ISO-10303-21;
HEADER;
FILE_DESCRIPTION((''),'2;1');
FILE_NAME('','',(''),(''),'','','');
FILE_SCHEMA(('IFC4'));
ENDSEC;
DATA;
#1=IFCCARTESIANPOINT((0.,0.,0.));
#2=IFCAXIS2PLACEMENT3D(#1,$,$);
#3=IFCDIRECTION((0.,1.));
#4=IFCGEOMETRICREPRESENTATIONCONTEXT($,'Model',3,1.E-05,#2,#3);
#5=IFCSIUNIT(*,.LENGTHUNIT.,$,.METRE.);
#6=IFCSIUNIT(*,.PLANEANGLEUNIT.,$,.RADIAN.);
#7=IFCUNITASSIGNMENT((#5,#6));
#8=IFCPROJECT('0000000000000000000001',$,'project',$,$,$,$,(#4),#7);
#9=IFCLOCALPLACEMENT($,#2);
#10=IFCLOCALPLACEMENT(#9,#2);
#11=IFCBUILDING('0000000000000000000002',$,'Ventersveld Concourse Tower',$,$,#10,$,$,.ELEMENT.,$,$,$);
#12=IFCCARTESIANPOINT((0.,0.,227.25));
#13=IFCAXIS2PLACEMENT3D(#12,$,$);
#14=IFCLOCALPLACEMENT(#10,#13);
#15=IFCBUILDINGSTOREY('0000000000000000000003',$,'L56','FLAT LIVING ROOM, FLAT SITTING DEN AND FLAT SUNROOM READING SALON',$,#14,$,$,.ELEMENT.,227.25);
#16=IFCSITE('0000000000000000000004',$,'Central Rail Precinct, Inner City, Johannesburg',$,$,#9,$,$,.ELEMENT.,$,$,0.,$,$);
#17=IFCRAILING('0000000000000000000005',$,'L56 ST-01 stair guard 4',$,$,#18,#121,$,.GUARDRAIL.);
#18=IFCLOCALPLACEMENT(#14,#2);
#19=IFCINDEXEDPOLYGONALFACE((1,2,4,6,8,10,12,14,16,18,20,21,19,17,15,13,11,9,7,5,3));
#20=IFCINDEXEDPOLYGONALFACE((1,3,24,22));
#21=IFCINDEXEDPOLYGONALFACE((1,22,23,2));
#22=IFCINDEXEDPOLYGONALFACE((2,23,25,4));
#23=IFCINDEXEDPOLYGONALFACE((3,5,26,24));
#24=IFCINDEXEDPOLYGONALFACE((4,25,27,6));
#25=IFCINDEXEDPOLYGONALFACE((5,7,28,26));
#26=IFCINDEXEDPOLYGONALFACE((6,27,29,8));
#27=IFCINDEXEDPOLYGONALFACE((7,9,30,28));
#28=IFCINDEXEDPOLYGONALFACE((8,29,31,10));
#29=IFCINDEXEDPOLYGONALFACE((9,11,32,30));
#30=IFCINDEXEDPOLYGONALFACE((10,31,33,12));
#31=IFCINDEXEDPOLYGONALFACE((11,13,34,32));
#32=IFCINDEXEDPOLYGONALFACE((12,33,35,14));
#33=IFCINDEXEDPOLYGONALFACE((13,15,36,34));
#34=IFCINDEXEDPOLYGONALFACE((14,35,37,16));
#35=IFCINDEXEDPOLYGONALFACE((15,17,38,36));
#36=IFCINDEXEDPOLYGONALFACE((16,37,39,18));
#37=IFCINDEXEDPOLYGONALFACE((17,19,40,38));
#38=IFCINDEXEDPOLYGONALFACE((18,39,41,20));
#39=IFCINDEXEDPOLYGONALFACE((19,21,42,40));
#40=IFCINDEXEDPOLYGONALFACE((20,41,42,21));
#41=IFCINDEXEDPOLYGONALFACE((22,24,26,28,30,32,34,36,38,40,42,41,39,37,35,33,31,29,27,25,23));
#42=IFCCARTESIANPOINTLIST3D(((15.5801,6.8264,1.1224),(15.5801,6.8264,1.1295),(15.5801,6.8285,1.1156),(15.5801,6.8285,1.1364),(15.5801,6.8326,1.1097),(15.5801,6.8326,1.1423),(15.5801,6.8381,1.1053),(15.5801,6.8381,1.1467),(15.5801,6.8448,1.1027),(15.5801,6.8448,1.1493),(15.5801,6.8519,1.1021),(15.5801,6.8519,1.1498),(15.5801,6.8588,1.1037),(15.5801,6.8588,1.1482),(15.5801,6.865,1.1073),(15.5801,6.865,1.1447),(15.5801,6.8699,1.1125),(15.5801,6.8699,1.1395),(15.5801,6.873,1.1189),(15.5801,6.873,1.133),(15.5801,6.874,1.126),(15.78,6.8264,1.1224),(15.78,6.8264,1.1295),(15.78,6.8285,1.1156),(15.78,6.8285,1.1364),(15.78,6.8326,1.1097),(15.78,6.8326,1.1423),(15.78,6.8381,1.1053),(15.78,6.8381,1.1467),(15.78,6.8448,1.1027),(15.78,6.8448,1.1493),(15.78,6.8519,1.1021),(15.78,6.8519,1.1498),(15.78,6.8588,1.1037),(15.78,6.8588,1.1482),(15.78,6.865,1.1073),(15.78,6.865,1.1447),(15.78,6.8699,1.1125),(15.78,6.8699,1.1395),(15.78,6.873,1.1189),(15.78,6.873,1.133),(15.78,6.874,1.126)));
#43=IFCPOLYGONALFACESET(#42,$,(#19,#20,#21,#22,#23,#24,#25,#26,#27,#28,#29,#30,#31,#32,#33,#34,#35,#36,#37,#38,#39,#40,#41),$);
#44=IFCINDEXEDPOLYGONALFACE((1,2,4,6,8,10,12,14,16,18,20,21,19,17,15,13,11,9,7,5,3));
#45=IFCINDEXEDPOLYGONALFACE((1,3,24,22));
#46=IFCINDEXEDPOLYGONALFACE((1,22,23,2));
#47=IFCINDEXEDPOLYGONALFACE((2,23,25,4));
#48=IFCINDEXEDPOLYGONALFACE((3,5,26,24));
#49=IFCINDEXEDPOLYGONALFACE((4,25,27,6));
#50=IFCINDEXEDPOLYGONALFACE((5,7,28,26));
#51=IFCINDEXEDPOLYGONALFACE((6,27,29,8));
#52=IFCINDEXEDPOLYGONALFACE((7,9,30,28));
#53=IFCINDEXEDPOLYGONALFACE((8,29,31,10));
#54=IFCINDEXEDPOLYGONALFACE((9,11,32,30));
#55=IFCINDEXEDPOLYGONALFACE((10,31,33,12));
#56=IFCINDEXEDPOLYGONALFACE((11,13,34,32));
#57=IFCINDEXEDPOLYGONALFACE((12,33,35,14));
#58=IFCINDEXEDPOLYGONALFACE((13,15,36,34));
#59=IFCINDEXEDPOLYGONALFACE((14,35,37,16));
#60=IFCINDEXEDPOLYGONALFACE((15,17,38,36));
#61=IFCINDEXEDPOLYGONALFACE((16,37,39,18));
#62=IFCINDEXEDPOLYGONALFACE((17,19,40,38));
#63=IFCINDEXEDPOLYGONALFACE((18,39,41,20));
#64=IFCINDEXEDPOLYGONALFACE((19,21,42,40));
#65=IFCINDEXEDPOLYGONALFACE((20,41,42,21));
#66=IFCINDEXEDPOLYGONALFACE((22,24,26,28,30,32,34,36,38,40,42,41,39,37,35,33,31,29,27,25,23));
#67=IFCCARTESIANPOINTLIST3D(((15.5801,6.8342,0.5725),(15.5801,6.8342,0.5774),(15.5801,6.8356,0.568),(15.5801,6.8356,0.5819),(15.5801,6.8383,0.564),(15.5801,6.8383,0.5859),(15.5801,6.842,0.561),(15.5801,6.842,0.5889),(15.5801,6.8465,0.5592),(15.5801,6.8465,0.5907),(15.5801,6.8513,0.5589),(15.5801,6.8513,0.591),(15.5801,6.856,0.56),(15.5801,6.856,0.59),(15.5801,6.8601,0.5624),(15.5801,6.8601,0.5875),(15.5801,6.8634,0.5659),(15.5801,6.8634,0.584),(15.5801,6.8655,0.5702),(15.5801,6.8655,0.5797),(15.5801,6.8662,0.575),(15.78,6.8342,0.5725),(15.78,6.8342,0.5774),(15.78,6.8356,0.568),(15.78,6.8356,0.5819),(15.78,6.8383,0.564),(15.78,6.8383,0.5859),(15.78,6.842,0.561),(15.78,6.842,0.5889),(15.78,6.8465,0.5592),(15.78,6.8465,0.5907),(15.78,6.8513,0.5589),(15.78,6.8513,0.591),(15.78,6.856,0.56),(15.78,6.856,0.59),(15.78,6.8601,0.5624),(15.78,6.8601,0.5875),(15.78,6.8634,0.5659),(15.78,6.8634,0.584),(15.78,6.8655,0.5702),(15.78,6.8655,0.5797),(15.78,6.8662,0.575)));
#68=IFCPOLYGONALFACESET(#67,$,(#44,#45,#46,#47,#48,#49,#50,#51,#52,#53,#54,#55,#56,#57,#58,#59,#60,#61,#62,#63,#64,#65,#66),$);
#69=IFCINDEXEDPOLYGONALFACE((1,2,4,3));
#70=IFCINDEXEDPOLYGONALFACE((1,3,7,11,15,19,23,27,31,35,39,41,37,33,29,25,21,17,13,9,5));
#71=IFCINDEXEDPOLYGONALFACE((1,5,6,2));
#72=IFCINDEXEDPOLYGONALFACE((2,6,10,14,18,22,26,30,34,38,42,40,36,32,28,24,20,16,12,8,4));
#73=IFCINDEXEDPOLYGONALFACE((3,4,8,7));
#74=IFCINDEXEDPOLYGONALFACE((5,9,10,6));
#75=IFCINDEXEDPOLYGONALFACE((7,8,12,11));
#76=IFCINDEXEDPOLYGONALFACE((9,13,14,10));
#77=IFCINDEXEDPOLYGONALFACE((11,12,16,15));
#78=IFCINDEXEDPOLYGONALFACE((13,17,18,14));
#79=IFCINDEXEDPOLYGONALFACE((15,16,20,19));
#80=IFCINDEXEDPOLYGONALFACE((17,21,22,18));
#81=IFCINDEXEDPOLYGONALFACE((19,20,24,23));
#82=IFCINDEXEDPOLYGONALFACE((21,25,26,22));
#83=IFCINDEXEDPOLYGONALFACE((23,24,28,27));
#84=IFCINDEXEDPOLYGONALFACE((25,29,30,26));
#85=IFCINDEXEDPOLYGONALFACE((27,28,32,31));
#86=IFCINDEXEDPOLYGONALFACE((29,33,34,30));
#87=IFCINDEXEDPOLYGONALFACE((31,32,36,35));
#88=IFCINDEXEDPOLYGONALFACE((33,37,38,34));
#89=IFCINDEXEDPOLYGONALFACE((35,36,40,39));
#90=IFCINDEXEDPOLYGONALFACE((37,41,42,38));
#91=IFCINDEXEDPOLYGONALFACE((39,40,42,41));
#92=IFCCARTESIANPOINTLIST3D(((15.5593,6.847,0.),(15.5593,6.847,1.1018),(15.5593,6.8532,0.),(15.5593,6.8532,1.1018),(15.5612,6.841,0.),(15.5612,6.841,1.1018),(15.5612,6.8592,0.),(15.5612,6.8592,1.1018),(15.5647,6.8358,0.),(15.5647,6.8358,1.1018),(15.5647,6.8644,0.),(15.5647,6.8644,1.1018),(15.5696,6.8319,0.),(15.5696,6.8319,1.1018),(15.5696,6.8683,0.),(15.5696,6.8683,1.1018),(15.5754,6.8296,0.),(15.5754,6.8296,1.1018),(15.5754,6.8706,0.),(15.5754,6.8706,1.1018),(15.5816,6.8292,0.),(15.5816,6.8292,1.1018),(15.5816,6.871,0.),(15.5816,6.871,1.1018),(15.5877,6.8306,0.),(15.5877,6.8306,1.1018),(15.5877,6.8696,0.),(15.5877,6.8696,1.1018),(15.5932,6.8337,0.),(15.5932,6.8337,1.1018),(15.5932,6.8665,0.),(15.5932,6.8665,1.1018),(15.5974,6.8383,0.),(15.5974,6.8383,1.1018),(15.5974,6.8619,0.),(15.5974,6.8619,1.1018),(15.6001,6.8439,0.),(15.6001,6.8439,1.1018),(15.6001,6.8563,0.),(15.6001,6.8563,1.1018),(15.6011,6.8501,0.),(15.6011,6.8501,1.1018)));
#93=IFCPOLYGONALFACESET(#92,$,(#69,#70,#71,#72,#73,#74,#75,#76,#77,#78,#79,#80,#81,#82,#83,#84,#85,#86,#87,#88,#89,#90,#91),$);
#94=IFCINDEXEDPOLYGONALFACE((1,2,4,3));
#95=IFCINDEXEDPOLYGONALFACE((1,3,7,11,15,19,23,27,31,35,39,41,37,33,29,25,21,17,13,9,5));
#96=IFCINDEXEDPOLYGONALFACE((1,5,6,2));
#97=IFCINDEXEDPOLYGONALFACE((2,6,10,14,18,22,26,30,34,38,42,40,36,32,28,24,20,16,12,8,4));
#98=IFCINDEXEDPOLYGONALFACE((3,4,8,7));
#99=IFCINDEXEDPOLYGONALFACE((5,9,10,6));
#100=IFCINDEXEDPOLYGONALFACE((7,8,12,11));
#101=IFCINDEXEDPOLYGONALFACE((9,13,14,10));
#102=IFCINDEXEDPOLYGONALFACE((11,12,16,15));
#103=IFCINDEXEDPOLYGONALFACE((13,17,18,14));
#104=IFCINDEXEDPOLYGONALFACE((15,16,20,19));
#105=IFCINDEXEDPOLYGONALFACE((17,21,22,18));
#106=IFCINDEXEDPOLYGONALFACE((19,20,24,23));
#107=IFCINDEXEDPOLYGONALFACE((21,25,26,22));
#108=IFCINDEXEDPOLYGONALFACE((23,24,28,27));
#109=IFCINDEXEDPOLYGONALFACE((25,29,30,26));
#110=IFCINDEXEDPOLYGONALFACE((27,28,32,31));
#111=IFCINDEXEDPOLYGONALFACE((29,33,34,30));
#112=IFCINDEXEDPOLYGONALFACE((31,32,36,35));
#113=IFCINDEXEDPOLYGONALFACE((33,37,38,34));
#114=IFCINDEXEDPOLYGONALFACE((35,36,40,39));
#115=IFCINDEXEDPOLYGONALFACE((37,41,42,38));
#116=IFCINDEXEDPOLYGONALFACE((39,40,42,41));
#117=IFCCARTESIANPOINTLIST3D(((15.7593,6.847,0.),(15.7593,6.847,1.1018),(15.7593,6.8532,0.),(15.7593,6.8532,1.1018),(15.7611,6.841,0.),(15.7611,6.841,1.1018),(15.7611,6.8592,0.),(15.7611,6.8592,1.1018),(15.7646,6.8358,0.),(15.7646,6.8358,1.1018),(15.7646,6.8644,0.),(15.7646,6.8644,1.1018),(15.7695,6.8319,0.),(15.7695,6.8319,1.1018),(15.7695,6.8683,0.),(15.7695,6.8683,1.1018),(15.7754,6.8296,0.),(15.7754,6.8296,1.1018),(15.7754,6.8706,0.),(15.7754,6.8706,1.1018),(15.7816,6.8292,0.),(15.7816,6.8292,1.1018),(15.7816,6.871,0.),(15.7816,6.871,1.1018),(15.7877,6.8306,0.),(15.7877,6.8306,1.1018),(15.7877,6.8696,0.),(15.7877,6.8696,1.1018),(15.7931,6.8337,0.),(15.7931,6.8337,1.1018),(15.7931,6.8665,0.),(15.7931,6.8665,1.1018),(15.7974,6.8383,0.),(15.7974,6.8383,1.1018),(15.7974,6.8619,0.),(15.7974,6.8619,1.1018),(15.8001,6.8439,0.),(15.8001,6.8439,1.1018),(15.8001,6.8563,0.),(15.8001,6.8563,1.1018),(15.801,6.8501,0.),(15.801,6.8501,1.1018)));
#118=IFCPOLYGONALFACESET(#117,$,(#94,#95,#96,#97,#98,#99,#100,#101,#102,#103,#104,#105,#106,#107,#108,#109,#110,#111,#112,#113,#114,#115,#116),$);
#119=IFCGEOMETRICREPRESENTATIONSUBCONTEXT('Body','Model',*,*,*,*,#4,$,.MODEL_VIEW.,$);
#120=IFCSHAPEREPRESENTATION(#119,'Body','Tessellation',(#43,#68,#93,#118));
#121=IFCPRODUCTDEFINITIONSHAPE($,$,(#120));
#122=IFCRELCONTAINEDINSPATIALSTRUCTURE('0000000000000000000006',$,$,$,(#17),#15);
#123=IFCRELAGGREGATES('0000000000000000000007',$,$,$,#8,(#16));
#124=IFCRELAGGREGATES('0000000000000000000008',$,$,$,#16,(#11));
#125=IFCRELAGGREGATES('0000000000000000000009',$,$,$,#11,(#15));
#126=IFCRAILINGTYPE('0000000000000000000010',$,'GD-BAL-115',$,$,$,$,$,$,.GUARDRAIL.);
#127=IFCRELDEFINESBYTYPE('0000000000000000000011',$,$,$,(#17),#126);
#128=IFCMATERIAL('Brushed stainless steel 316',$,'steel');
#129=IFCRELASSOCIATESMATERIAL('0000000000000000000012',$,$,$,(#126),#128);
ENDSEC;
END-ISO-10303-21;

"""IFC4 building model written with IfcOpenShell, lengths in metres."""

from ifc_helpers import new_model, si_unit, direction, frame, origin, origin_2d, place, context, subcontext, project, spatial, circle, extrude, material, type_object, element, save


model = new_model("IFC4")

# Units and contexts
model_context = context("Model", 3, precision=1e-05, world=origin(), true_north=direction((0.0, 1.0)))
body_context = subcontext(model_context, "Body", "Model", "MODEL_VIEW")
ifc_project = project(units=[si_unit("LENGTHUNIT", "METRE"), si_unit("PLANEANGLEUNIT", "RADIAN")], contexts=[model_context])

# Site, building, storey
site_placement = place(None, origin())
site = spatial("IfcSite", under=ifc_project, at=site_placement, Name="Central Rail Precinct, Inner City, Johannesburg", CompositionType="ELEMENT", RefElevation=0.0)
building_placement = place(site_placement, origin())
building = spatial("IfcBuilding", under=site, at=building_placement, Name="Ventersveld Concourse Tower", CompositionType="ELEMENT")
storey_placement = place(building_placement, frame((0.0, 0.0, 227.25)))
storey = spatial("IfcBuildingStorey", under=building, at=storey_placement, Name="L56", Description="FLAT LIVING ROOM, FLAT SITTING DEN AND FLAT SUNROOM READING SALON", CompositionType="ELEMENT", Elevation=227.25)

# Shared definitions
ifc_material_1 = material(Name="Brushed stainless steel 316", Category="steel")

# Railing
railing_type_1 = type_object("IfcRailingType", Name="GD-BAL-115", PredefinedType="GUARDRAIL", material=ifc_material_1)
railing_1_placement = place(storey_placement, frame((15.5801, 6.8501, 0.0)))
element("IfcRailing", 1, at=railing_1_placement, inside=storey, type_object=railing_type_1, Name="L56 ST-01 stair guard 4", PredefinedType="GUARDRAIL", context=body_context, shape_type="SweptSolid", body=[
    extrude(circle(Radius=0.0239, at=origin_2d()), frame((0.0, 0.0, 1.126), z_axis=(1.0, 0.0, 0.0), x_axis=(0.0, 1.0, 0.0)), (0.0, 0.0, 1.0), 0.2),
    extrude(circle(Radius=0.0161, at=origin_2d()), frame((0.0, 0.0, 0.575), z_axis=(1.0, 0.0, 0.0), x_axis=(0.0, 1.0, 0.0)), (0.0, 0.0, 1.0), 0.2),
    extrude(circle(Radius=0.021, at=origin_2d()), origin(), (0.0, 0.0, 1.0), 1.1018),
    extrude(circle(Radius=0.021, at=origin_2d()), frame((0.2, 0.0, 0.0)), (0.0, 0.0, 1.0), 1.1018),
])

save(model, "model.ifc")
